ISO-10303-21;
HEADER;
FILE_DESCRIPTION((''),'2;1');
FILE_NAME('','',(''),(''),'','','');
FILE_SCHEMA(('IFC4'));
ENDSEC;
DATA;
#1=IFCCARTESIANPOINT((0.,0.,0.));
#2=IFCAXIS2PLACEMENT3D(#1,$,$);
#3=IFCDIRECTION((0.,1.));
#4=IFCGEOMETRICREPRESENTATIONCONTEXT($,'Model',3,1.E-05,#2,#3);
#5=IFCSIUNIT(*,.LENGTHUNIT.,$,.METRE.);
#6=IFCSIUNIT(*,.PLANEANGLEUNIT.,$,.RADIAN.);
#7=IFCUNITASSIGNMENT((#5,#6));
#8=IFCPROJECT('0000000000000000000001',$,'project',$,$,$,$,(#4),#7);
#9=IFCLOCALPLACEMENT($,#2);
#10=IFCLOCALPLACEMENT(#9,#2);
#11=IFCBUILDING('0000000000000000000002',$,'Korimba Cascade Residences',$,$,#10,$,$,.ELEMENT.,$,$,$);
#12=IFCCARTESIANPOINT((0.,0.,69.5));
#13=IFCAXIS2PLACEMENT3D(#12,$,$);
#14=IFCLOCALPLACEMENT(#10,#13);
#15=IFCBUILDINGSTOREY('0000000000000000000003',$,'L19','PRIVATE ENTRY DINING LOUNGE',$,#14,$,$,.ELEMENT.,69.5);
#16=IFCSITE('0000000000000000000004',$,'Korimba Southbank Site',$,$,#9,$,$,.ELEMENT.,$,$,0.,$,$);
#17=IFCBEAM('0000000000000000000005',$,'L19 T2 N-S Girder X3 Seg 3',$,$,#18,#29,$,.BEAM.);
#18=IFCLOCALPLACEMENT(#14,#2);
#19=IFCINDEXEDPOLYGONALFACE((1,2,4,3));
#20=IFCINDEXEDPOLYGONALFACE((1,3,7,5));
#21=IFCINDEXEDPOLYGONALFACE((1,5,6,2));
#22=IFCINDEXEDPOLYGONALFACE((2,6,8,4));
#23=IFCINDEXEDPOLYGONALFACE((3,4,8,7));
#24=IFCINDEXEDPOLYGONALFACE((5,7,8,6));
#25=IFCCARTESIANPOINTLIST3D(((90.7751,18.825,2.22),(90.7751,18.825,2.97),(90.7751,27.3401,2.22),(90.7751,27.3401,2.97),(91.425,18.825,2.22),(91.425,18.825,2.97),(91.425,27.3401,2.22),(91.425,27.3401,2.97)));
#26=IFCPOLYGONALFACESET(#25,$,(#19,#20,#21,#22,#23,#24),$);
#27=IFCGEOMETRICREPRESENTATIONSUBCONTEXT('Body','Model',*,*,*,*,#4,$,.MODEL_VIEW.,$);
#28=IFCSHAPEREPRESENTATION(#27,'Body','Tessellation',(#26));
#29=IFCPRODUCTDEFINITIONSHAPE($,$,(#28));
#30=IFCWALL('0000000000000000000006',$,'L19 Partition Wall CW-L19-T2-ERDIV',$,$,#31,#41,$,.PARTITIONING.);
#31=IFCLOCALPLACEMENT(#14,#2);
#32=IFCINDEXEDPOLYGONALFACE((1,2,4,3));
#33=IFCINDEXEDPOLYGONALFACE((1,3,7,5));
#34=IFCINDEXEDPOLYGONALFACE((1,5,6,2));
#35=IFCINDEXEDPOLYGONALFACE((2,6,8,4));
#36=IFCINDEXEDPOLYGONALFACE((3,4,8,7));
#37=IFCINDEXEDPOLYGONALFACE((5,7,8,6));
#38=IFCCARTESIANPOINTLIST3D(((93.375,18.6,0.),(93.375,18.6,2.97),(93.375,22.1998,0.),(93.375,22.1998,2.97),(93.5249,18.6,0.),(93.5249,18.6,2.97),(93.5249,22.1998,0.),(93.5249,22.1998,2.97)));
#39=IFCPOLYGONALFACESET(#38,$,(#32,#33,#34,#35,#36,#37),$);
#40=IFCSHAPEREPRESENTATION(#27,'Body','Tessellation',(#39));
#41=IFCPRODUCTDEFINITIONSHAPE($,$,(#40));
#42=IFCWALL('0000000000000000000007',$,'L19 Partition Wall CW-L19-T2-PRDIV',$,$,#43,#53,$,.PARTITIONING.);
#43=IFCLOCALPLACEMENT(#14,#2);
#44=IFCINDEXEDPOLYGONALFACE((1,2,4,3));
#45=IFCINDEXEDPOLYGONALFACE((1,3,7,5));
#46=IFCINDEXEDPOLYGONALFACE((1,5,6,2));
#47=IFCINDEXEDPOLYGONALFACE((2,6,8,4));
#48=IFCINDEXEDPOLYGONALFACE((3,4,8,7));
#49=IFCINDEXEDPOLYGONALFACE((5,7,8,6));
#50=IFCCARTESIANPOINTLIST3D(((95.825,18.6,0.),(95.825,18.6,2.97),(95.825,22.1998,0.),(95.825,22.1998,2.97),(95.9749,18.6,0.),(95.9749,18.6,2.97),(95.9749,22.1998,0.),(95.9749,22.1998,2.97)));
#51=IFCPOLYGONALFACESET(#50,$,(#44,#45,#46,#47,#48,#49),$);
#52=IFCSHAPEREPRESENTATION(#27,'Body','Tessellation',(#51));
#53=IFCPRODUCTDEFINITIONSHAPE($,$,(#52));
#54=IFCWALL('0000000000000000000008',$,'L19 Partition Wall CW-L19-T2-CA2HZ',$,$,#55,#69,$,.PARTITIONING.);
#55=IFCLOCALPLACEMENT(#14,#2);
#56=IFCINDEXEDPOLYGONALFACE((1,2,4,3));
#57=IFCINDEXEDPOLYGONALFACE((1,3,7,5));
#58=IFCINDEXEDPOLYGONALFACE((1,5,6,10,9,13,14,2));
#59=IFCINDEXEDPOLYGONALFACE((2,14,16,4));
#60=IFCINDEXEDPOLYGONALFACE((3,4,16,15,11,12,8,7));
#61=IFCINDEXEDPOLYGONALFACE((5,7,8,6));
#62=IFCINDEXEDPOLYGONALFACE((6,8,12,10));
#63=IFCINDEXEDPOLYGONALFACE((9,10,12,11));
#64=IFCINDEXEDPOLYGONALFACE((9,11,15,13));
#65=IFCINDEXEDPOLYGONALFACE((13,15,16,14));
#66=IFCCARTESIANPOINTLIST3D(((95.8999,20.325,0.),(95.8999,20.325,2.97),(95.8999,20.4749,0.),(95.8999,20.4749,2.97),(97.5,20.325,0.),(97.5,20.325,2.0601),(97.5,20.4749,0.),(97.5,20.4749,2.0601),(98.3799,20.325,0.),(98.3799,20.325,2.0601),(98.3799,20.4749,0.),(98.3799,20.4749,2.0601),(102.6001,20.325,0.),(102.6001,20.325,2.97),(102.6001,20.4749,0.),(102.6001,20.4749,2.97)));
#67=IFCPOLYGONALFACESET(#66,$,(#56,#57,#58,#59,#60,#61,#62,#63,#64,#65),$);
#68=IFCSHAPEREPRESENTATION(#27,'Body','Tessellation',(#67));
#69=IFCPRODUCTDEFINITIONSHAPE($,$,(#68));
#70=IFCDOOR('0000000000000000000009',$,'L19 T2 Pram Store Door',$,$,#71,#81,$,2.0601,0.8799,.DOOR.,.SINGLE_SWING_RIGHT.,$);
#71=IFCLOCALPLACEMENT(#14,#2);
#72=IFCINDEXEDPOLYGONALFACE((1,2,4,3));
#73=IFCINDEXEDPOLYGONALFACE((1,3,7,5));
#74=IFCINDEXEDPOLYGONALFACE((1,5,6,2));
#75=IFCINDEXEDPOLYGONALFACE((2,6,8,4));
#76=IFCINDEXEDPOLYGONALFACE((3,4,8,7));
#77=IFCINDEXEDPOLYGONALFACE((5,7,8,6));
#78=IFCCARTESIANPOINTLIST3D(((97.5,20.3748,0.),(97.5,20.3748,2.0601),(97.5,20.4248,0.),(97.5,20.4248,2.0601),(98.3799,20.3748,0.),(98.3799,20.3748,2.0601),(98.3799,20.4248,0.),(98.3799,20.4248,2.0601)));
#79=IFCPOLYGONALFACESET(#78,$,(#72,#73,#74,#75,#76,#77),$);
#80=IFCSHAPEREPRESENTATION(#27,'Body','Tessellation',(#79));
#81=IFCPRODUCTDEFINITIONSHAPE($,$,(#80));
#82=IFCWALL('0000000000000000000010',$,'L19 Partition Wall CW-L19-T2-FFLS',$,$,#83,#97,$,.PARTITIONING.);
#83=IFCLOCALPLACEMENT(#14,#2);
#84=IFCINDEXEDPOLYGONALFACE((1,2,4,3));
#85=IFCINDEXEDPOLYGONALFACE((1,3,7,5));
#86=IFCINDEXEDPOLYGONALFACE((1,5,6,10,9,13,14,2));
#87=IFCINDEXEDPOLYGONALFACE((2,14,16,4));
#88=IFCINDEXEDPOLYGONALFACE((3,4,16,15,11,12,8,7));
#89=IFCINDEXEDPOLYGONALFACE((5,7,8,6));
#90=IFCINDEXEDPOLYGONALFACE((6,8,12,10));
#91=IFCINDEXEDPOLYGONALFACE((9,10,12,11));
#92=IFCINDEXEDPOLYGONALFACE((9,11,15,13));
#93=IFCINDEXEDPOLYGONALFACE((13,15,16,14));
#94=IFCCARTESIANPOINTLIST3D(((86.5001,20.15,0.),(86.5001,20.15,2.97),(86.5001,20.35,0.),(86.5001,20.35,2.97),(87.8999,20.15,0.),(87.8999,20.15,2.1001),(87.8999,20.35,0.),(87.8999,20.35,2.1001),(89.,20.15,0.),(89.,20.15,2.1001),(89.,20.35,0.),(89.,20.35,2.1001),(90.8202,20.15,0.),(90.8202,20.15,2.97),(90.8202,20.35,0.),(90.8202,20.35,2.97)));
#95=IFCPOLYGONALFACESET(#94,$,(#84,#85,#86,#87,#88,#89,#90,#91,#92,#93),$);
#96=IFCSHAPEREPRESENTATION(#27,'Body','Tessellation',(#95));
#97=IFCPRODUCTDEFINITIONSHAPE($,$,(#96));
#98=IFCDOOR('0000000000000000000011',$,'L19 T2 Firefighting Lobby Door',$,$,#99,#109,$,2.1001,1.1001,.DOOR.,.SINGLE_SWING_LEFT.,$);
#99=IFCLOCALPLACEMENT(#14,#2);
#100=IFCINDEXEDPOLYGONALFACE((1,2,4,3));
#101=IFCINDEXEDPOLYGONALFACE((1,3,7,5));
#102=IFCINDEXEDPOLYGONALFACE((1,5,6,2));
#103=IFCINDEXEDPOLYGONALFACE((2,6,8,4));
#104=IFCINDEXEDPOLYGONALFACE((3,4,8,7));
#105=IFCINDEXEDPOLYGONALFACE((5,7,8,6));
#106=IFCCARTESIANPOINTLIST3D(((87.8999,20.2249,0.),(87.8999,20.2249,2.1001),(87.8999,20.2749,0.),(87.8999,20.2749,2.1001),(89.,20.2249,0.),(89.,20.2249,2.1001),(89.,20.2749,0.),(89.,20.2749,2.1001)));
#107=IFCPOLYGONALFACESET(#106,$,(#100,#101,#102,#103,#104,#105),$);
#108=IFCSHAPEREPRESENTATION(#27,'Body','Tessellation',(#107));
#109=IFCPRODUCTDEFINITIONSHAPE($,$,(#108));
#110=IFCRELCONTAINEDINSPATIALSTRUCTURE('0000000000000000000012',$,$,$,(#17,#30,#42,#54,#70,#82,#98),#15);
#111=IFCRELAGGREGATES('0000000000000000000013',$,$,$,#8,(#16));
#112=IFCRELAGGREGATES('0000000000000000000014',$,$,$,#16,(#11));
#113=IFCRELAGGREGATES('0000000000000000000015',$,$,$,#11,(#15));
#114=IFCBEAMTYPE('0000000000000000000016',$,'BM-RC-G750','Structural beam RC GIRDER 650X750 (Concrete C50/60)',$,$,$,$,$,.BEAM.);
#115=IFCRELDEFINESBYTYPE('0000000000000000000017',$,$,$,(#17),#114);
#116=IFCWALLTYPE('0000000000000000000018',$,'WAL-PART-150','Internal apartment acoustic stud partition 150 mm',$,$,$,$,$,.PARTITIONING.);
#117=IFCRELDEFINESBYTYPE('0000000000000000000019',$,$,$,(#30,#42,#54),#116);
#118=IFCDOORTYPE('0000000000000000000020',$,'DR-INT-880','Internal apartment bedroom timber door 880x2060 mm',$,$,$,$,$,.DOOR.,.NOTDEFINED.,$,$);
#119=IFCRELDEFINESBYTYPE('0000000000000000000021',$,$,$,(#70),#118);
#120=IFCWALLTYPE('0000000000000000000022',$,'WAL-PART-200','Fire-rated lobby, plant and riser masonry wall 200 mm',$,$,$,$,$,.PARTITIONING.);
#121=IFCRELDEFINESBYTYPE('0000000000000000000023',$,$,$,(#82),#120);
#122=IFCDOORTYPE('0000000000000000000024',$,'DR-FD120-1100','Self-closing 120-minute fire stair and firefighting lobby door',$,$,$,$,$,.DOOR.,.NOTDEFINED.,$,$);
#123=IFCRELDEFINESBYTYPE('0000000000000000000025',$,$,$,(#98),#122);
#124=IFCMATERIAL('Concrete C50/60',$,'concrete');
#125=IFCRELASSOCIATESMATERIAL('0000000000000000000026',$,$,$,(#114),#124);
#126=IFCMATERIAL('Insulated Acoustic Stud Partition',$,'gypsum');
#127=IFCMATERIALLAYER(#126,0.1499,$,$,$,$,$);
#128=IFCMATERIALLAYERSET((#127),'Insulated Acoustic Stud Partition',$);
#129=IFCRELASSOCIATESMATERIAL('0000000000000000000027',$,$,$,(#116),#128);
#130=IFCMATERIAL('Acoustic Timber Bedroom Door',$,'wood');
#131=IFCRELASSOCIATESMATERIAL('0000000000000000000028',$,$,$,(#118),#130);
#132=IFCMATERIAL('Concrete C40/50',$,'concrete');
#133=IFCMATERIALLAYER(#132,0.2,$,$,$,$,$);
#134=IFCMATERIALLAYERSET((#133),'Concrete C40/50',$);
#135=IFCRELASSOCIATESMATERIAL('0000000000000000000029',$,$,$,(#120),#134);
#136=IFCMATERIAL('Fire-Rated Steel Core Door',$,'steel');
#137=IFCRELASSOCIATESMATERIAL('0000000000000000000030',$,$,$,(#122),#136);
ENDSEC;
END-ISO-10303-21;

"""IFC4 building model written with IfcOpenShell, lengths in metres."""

from ifc_helpers import new_model, si_unit, direction, frame, frame_2d, origin, origin_2d, place, context, subcontext, project, spatial, rectangle, extrude, material, layer, layer_set, material_profile, profile_set, type_object, element, fill, save


model = new_model("IFC4")

# Units and contexts
model_context = context("Model", 3, precision=1e-05, world=origin(), true_north=direction((0.0, 1.0)))
body_context = subcontext(model_context, "Body", "Model", "MODEL_VIEW")
ifc_project = project(units=[si_unit("LENGTHUNIT", "METRE"), si_unit("PLANEANGLEUNIT", "RADIAN")], contexts=[model_context])

# Site, building, storey
site_placement = place(None, origin())
site = spatial("IfcSite", under=ifc_project, at=site_placement, Name="Korimba Southbank Site", CompositionType="ELEMENT", RefElevation=0.0)
building_placement = place(site_placement, origin())
building = spatial("IfcBuilding", under=site, at=building_placement, Name="Korimba Cascade Residences", CompositionType="ELEMENT")
storey_placement = place(building_placement, frame((0.0, 0.0, 69.5)))
storey = spatial("IfcBuildingStorey", under=building, at=storey_placement, Name="L19", Description="PRIVATE ENTRY DINING LOUNGE", CompositionType="ELEMENT", Elevation=69.5)

# Beam
ifc_material_1 = material(Name="Concrete C50/60", Category="concrete")
ifc_material_profile = material_profile(ifc_material_1, rectangle(XDim=0.6499, YDim=0.75, at=origin_2d()), Name="Concrete C50/60")
ifc_profile_set = profile_set([ifc_material_profile], Name="Concrete C50/60")
beam_type = type_object("IfcBeamType", Name="BM-RC-G750", Description="Structural beam RC GIRDER 650X750 (Concrete C50/60)", PredefinedType="BEAM", material=ifc_profile_set)
beam_placement = place(storey_placement, frame((91.1001, 18.825, 2.595), z_axis=(0.0, 1.0, 0.0), x_axis=(-1.0, 0.0, 0.0)))
element("IfcBeam", 1, at=beam_placement, inside=storey, type_object=beam_type, Name="L19 T2 N-S Girder X3 Seg 3", PredefinedType="BEAM", context=body_context, shape_type="SweptSolid", body=[
    extrude(rectangle(XDim=0.6499, YDim=0.75, at=origin_2d()), origin(), (0.0, 0.0, 1.0), 8.5151),
])

# Walls
ifc_material_2 = material(Name="Insulated Acoustic Stud Partition", Category="gypsum")
ifc_layer_1 = layer(ifc_material_2, 0.1499)
ifc_layer_set_1 = layer_set([ifc_layer_1], Name="Insulated Acoustic Stud Partition")
wall_type_1 = type_object("IfcWallType", Name="WAL-PART-150", Description="Internal apartment acoustic stud partition 150 mm", PredefinedType="PARTITIONING", material=ifc_layer_set_1)
for number, where, z_axis, x_axis, name in (
    (2, (93.45, 18.6001, 0.0), (0.0, 0.0, 1.0), (0.0, 1.0, 0.0), "L19 Partition Wall CW-L19-T2-ERDIV"),
    (3, (95.8999, 18.6001, 0.0), (0.0, 0.0, 1.0), (0.0, 1.0, 0.0), "L19 Partition Wall CW-L19-T2-PRDIV"),
):
    element("IfcWall", number, at=place(storey_placement, frame(where, z_axis=z_axis, x_axis=x_axis)), inside=storey, type_object=wall_type_1, Name=name, PredefinedType="PARTITIONING", context=body_context, shape_type="SweptSolid", body=[
        extrude(rectangle(XDim=3.5999, YDim=0.1499, at=frame_2d((1.7998, 0.0))), origin(), (0.0, 0.0, 1.0), 2.97),
    ])

# Walls, openings, doors
wall_1_placement = place(storey_placement, frame((95.8999, 20.3999, 0.0), z_axis=(0.0, 0.0, 1.0), x_axis=(1.0, 0.0, 0.0)))
wall_1 = element("IfcWall", 4, at=wall_1_placement, inside=storey, type_object=wall_type_1, Name="L19 Partition Wall CW-L19-T2-CA2HZ", PredefinedType="PARTITIONING", context=body_context, shape_type="SweptSolid", body=[
    extrude(rectangle(XDim=6.7002, YDim=0.1499, at=frame_2d((3.3501, 0.0))), origin(), (0.0, 0.0, 1.0), 2.97),
])
opening_1_placement = place(wall_1_placement, frame((1.6001, 0.0, 0.0)))
opening_1 = element("IfcOpeningElement", 5, at=opening_1_placement, cuts=wall_1, PredefinedType="OPENING", context=body_context, shape_type="SweptSolid", body=[
    extrude(rectangle(XDim=0.8799, YDim=2.0601, at=frame_2d((0.4399, 1.03))), frame((0.0, 0.085, 0.0), z_axis=(0.0, -1.0, 0.0), x_axis=(1.0, 0.0, 0.0)), (0.0, 0.0, 1.0), 0.1699),
])
ifc_material_3 = material(Name="Acoustic Timber Bedroom Door", Category="wood")
door_type_1 = type_object("IfcDoorType", Name="DR-INT-880", Description="Internal apartment bedroom timber door 880x2060 mm", OperationType="NOTDEFINED", PredefinedType="DOOR", material=ifc_material_3)
door_1_placement = place(opening_1_placement, origin())
door_1 = element("IfcDoor", 6, at=door_1_placement, inside=storey, type_object=door_type_1, Name="L19 T2 Pram Store Door", OperationType="SINGLE_SWING_RIGHT", OverallHeight=2.0601, OverallWidth=0.8799, PredefinedType="DOOR", context=body_context, shape_type="SweptSolid", body=[
    extrude(rectangle(XDim=0.8799, YDim=2.0601, at=frame_2d((0.4399, 1.03))), frame((0.0, 0.0249, 0.0), z_axis=(0.0, -1.0, 0.0), x_axis=(1.0, 0.0, 0.0)), (0.0, 0.0, 1.0), 0.05),
])
fill(opening_1, door_1)
ifc_material_4 = material(Name="Concrete C40/50", Category="concrete")
ifc_layer_2 = layer(ifc_material_4, 0.2)
ifc_layer_set_2 = layer_set([ifc_layer_2], Name="Concrete C40/50")
wall_type_2 = type_object("IfcWallType", Name="WAL-PART-200", Description="Fire-rated lobby, plant and riser masonry wall 200 mm", PredefinedType="PARTITIONING", material=ifc_layer_set_2)
wall_2_placement = place(storey_placement, frame((86.5, 20.25, 0.0), z_axis=(0.0, 0.0, 1.0), x_axis=(1.0, 0.0, 0.0)))
wall_2 = element("IfcWall", 7, at=wall_2_placement, inside=storey, type_object=wall_type_2, Name="L19 Partition Wall CW-L19-T2-FFLS", PredefinedType="PARTITIONING", context=body_context, shape_type="SweptSolid", body=[
    extrude(rectangle(XDim=4.3201, YDim=0.2, at=frame_2d((2.1602, 0.0))), origin(), (0.0, 0.0, 1.0), 2.97),
])
opening_2_placement = place(wall_2_placement, frame((1.3999, 0.0, 0.0)))
opening_2 = element("IfcOpeningElement", 8, at=opening_2_placement, cuts=wall_2, PredefinedType="OPENING", context=body_context, shape_type="SweptSolid", body=[
    extrude(rectangle(XDim=1.1001, YDim=2.1001, at=frame_2d((0.55, 1.05))), frame((0.0, 0.1099, 0.0), z_axis=(0.0, -1.0, 0.0), x_axis=(1.0, 0.0, 0.0)), (0.0, 0.0, 1.0), 0.22),
])
ifc_material_5 = material(Name="Fire-Rated Steel Core Door", Category="steel")
door_type_2 = type_object("IfcDoorType", Name="DR-FD120-1100", Description="Self-closing 120-minute fire stair and firefighting lobby door", OperationType="NOTDEFINED", PredefinedType="DOOR", material=ifc_material_5)
door_2_placement = place(opening_2_placement, origin())
door_2 = element("IfcDoor", 9, at=door_2_placement, inside=storey, type_object=door_type_2, Name="L19 T2 Firefighting Lobby Door", OperationType="SINGLE_SWING_LEFT", OverallHeight=2.1001, OverallWidth=1.1001, PredefinedType="DOOR", context=body_context, shape_type="SweptSolid", body=[
    extrude(rectangle(XDim=1.1001, YDim=2.1001, at=frame_2d((0.55, 1.05))), frame((0.0, 0.0249, 0.0), z_axis=(0.0, -1.0, 0.0), x_axis=(1.0, 0.0, 0.0)), (0.0, 0.0, 1.0), 0.05),
])
fill(opening_2, door_2)

save(model, "model.ifc")
